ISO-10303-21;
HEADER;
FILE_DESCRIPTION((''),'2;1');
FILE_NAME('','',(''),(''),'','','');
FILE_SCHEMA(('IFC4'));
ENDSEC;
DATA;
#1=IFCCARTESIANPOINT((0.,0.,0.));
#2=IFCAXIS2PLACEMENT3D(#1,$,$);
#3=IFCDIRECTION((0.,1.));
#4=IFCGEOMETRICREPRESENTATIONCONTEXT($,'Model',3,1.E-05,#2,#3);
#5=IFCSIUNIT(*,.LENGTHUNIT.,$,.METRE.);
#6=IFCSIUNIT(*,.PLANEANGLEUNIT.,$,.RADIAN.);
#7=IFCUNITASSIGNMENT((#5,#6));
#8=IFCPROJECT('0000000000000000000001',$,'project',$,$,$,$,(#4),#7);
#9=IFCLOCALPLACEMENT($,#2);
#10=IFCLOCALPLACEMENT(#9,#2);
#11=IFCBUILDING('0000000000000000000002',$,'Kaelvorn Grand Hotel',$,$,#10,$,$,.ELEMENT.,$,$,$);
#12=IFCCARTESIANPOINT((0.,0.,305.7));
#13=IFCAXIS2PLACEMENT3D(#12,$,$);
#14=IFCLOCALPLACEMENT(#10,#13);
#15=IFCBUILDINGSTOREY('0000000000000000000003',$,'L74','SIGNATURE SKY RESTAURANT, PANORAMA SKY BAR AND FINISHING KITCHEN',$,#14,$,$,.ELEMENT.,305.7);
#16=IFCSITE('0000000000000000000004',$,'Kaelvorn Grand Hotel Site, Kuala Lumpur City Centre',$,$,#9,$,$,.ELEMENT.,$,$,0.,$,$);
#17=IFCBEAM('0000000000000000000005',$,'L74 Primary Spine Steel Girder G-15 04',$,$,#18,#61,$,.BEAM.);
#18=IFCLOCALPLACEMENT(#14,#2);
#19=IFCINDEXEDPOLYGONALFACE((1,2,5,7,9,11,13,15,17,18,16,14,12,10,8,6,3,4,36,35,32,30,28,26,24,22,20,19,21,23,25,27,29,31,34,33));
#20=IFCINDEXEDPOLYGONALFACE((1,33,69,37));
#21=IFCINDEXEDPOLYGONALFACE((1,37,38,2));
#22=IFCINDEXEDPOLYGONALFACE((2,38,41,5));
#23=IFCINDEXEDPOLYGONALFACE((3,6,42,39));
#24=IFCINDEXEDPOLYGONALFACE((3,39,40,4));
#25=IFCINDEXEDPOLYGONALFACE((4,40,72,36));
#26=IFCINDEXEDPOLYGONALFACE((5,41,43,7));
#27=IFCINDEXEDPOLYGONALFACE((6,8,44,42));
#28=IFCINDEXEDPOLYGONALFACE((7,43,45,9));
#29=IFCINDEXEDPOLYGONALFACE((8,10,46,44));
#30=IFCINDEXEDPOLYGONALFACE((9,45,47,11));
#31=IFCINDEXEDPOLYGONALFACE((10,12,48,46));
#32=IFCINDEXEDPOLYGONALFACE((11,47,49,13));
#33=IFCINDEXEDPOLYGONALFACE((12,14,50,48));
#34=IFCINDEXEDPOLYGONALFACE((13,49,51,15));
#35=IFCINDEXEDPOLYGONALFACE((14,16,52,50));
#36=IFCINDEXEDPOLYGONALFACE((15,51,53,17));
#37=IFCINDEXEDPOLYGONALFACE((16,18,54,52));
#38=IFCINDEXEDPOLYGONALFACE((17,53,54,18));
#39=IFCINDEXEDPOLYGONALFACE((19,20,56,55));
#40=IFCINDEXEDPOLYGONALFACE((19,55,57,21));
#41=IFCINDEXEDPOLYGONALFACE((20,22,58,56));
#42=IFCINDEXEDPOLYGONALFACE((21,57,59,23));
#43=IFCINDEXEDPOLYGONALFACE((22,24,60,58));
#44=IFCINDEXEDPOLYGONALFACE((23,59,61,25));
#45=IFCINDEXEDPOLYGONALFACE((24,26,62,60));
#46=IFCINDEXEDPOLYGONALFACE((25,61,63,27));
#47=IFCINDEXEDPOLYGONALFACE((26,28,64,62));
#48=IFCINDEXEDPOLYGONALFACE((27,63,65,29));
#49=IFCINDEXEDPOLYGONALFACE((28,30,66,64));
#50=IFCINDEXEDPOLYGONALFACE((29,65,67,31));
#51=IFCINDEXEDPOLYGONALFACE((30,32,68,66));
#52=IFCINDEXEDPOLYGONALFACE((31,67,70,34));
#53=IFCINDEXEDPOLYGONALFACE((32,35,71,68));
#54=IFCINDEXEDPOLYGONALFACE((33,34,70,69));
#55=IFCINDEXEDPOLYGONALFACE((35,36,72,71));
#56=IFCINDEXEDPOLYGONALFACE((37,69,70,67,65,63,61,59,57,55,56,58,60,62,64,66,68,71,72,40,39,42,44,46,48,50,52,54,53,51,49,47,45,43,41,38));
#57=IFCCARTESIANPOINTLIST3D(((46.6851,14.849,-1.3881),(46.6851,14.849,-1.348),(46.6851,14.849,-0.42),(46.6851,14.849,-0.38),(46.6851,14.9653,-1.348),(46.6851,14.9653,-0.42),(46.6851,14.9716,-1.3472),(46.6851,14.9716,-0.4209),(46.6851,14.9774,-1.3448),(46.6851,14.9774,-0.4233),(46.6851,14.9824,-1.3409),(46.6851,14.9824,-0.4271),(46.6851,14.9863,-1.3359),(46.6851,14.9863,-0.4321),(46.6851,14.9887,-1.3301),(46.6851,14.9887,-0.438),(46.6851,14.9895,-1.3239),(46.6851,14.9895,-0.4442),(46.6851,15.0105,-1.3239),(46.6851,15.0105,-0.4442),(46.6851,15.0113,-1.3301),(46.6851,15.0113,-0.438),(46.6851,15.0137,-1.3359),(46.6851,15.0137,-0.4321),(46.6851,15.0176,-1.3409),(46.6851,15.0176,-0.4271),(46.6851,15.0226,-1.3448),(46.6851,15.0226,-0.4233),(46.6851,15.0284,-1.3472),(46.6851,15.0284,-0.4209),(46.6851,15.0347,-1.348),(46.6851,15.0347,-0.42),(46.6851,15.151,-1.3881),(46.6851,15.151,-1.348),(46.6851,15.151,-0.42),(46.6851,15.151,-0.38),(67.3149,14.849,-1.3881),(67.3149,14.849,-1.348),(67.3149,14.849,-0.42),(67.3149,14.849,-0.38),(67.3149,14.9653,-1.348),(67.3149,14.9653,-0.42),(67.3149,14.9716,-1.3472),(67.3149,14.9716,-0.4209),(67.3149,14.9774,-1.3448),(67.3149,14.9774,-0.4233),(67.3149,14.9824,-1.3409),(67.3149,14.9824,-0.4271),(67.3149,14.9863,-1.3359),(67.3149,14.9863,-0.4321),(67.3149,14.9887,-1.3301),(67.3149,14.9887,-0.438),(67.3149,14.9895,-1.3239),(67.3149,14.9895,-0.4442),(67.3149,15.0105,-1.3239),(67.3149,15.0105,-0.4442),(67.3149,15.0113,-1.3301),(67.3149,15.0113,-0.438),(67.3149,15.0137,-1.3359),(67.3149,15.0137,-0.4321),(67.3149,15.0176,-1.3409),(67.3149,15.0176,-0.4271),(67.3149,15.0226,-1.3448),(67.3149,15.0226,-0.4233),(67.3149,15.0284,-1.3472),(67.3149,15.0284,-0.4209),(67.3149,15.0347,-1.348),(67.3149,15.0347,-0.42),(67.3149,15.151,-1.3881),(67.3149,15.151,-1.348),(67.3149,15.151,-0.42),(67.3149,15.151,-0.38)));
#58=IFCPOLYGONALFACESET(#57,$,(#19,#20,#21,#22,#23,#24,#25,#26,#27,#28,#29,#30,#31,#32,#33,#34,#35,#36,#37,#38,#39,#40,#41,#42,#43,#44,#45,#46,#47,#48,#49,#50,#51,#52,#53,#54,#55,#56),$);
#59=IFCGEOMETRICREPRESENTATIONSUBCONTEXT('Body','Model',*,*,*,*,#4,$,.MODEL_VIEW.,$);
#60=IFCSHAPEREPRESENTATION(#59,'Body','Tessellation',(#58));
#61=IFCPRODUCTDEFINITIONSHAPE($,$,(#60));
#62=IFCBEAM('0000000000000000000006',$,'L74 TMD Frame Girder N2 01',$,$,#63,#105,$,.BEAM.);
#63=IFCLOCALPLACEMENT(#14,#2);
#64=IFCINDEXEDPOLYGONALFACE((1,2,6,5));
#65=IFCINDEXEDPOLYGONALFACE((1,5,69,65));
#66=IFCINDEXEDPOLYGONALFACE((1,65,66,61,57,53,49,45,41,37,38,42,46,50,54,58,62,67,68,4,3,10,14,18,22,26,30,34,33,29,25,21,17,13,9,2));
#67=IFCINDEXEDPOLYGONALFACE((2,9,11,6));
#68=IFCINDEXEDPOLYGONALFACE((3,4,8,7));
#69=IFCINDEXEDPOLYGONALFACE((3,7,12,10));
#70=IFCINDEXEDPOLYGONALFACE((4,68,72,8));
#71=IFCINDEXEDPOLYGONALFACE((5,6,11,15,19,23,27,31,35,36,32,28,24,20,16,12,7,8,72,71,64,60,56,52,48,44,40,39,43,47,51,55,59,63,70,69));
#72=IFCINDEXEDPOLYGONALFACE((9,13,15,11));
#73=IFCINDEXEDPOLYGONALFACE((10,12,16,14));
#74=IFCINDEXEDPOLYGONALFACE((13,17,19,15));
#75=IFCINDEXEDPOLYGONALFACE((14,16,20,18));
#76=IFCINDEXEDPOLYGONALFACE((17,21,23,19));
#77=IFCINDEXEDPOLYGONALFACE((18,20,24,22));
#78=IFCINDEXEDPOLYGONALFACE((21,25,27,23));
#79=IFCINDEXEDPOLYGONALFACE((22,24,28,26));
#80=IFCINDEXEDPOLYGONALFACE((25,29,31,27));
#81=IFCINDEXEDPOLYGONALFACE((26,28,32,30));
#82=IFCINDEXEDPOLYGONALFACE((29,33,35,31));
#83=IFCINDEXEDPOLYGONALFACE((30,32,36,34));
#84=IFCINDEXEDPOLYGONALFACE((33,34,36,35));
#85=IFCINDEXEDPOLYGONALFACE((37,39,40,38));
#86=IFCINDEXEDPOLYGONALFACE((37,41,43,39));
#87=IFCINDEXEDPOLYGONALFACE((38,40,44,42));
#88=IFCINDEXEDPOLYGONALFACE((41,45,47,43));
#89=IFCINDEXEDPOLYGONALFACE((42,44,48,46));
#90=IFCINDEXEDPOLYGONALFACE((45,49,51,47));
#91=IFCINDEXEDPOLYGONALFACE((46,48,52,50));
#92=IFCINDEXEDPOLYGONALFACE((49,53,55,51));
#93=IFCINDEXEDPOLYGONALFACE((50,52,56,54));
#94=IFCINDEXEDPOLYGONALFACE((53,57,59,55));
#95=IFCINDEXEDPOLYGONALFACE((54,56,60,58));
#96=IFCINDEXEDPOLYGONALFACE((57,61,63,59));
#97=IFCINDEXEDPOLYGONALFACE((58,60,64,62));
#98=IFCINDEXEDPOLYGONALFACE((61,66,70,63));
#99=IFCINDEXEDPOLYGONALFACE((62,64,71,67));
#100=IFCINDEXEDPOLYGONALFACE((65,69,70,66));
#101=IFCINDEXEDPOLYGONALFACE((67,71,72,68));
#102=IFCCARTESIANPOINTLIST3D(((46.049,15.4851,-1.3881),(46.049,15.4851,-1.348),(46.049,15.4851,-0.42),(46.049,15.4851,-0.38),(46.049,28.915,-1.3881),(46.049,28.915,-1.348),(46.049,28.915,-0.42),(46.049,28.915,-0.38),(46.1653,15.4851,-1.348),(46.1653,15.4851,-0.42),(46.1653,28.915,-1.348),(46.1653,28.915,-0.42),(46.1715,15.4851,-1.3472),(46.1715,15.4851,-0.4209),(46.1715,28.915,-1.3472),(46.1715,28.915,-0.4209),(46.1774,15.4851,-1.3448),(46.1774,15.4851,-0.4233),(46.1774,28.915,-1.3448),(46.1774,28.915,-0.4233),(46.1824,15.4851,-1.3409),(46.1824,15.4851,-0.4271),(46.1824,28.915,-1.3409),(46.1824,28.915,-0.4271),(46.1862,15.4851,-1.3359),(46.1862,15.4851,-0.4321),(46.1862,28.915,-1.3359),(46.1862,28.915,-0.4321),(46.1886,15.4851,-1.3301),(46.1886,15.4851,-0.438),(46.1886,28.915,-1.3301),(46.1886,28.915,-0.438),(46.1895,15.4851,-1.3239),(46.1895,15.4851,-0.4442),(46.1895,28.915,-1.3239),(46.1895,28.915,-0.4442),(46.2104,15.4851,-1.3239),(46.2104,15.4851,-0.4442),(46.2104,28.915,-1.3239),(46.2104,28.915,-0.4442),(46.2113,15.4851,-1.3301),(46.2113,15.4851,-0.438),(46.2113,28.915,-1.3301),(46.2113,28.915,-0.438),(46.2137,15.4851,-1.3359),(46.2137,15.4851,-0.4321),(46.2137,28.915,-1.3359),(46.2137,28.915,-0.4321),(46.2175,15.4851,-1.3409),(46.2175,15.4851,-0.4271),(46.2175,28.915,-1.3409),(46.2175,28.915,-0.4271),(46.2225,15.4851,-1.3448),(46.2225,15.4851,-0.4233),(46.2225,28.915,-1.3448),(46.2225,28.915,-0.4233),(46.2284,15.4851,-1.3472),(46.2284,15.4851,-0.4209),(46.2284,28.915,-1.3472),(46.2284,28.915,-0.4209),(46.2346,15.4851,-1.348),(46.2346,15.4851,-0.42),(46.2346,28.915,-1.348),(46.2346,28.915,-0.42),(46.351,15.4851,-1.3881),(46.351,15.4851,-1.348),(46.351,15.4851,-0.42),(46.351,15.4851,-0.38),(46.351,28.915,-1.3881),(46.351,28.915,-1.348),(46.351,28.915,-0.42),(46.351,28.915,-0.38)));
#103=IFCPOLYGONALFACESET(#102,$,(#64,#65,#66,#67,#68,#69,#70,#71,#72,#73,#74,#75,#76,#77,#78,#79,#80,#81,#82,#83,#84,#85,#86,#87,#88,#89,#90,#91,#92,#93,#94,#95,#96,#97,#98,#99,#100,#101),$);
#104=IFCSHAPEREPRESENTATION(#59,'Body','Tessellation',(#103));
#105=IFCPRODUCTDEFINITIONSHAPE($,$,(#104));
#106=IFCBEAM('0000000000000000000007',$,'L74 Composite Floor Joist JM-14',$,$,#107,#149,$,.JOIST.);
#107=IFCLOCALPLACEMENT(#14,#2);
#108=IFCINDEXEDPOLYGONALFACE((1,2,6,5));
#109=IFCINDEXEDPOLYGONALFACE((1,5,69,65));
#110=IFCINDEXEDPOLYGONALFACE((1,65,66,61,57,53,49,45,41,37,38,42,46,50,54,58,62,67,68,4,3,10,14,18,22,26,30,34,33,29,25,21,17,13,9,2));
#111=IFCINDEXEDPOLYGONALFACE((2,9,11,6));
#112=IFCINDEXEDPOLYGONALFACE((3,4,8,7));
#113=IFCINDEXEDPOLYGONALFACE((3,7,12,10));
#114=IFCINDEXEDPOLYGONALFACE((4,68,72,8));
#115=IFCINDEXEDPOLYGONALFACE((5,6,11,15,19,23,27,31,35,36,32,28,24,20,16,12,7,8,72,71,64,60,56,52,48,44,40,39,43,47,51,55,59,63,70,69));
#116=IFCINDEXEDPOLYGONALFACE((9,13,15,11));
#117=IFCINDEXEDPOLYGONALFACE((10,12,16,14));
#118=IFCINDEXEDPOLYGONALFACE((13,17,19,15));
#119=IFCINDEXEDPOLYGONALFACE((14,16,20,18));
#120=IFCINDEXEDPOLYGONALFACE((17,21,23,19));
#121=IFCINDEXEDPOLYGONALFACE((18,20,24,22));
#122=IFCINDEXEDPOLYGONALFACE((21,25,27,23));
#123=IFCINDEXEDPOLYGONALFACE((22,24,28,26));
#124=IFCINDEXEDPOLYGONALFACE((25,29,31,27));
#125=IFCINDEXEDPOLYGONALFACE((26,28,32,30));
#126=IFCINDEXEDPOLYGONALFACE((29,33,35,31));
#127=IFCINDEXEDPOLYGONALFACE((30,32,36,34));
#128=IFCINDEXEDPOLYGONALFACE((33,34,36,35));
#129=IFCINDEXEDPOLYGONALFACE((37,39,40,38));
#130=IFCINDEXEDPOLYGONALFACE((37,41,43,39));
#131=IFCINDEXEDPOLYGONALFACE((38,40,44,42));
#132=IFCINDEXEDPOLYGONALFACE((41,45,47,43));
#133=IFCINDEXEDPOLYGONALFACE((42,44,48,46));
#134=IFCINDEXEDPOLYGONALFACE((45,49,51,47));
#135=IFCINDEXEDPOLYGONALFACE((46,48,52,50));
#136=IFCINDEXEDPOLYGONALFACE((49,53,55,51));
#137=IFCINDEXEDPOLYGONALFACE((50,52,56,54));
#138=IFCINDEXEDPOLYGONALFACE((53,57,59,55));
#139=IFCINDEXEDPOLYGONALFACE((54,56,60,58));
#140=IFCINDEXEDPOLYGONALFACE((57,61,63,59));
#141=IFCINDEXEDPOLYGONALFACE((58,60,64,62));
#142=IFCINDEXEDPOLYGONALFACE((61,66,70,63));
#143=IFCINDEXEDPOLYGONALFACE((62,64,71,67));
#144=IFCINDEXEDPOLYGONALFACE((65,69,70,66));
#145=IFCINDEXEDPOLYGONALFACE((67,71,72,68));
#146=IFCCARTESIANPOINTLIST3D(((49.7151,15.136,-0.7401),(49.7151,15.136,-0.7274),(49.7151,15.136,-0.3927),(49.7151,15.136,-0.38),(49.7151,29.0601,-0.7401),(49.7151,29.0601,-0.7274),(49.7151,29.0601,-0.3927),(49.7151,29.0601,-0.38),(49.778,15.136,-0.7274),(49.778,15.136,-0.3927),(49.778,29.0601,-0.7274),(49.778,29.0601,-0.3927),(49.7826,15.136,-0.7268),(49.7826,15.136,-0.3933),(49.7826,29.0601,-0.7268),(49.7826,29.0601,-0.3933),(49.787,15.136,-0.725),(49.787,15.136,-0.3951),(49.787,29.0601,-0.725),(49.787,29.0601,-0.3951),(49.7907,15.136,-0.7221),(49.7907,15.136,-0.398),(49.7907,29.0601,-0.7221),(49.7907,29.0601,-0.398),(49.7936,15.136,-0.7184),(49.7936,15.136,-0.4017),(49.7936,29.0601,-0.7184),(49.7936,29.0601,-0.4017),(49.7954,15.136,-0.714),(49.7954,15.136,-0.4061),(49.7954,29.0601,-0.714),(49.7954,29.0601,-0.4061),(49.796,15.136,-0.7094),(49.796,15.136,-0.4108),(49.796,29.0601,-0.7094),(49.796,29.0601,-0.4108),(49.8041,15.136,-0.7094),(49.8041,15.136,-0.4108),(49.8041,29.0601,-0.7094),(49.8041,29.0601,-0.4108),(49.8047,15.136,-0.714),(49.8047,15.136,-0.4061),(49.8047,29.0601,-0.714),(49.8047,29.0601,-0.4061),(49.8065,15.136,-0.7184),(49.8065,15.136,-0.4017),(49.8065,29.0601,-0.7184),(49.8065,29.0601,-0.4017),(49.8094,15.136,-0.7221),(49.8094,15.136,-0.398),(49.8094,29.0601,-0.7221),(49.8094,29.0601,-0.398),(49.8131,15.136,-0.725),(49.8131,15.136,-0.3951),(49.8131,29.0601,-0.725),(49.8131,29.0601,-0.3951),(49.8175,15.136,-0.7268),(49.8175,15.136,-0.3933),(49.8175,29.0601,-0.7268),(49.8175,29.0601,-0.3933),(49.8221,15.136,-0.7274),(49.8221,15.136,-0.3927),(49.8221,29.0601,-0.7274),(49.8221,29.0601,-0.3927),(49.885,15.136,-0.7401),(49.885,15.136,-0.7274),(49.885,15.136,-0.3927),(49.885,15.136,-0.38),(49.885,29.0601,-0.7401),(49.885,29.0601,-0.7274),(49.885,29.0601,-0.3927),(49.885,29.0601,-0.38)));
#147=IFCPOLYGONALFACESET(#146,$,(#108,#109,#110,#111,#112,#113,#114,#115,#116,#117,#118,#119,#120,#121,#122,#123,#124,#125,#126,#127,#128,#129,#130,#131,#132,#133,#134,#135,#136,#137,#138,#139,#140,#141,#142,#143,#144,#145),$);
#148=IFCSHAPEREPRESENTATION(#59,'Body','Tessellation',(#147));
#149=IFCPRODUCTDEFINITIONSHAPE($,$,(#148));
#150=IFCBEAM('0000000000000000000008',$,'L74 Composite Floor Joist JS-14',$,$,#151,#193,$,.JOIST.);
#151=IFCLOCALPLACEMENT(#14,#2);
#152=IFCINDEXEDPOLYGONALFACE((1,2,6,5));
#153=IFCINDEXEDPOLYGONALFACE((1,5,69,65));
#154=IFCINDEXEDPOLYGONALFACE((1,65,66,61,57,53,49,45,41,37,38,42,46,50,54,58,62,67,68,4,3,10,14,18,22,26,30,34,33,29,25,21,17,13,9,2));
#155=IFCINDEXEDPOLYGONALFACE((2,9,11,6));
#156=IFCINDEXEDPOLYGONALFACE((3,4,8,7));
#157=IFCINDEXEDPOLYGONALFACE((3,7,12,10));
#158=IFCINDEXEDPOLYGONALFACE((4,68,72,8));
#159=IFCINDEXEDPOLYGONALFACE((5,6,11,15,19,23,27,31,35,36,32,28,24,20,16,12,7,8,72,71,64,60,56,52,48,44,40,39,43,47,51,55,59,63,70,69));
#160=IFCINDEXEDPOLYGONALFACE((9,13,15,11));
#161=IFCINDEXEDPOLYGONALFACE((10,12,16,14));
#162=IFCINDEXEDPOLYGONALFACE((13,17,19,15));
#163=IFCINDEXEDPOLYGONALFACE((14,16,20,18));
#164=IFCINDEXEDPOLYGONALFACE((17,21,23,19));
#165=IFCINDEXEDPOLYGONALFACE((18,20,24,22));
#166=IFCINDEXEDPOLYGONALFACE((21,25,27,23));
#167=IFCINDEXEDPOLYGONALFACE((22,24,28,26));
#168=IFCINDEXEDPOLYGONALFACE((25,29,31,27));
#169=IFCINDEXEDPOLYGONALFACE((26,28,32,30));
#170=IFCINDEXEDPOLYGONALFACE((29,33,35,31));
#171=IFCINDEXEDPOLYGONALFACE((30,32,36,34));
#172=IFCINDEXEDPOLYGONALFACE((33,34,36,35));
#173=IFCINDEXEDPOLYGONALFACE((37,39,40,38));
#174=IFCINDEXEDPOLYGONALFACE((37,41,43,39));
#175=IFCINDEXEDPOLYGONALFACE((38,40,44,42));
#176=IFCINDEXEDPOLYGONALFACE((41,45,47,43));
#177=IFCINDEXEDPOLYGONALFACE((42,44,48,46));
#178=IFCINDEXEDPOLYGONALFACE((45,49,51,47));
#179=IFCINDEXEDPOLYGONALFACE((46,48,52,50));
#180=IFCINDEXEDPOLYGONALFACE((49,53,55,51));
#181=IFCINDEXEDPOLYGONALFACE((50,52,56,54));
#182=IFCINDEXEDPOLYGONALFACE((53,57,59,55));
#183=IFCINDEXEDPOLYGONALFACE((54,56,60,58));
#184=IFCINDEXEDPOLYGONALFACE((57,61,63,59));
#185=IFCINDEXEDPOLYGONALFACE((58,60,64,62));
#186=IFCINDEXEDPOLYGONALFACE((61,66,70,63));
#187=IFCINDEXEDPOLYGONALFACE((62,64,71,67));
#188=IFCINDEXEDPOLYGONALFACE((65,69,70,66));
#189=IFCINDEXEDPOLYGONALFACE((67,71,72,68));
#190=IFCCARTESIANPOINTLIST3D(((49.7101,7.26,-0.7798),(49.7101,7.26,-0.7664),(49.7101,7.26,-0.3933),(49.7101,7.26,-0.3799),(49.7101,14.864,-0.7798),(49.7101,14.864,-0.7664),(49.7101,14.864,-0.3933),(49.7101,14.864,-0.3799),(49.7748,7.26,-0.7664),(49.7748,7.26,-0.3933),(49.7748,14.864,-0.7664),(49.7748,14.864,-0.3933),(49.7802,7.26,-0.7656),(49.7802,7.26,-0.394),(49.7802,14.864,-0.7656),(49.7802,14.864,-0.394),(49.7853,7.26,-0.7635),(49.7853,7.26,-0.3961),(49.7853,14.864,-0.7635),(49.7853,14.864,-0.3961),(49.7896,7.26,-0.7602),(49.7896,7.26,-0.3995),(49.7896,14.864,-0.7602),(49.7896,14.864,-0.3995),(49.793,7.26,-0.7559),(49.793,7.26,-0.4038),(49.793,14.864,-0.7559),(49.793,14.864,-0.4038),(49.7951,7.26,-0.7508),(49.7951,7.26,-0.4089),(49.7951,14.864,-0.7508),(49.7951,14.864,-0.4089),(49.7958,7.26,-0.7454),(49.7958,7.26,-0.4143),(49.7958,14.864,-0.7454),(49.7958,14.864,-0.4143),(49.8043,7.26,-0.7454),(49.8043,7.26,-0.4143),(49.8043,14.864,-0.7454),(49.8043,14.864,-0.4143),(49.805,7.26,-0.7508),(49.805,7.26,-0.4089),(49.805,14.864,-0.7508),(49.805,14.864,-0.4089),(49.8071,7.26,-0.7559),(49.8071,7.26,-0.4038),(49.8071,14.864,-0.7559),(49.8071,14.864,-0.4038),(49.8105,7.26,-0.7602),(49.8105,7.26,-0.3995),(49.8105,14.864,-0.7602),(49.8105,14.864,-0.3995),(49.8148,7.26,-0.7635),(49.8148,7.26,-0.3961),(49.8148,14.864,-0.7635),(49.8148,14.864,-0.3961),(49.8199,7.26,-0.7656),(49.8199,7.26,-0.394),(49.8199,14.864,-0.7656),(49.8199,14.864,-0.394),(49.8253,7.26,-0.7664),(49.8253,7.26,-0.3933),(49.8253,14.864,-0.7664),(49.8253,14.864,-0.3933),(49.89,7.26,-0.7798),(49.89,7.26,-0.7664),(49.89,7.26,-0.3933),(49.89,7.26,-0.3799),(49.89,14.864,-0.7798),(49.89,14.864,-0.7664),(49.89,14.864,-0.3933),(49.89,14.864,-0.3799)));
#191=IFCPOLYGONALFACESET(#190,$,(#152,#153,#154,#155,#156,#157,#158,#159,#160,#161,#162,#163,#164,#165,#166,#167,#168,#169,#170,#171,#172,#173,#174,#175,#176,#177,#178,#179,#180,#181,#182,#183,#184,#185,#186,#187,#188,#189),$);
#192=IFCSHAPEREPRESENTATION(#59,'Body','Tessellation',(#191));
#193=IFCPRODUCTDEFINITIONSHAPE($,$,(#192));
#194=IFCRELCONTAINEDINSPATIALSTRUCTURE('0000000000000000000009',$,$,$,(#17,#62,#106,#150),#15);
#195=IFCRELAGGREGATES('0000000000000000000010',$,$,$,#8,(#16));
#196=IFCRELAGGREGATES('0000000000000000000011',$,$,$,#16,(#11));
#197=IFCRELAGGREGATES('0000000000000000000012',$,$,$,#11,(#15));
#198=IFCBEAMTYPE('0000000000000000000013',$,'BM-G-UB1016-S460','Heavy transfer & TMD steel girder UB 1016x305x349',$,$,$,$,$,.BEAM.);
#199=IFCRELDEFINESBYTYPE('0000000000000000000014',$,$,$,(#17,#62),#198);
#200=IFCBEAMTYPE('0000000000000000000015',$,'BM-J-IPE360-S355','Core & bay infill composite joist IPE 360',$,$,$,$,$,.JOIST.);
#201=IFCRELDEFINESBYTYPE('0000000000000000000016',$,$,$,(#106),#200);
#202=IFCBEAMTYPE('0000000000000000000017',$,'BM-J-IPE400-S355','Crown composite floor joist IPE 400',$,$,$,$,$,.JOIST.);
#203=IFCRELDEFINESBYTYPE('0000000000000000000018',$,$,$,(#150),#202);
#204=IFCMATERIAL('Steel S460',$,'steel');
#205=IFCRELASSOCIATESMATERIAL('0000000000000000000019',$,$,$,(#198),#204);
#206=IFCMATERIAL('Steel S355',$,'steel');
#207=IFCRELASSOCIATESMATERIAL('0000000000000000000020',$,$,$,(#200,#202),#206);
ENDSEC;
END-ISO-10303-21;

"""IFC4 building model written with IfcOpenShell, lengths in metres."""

from ifc_helpers import new_model, si_unit, direction, frame, origin, origin_2d, place, context, subcontext, project, spatial, i_section, extrude, material, material_profile, profile_set, type_object, element, save


model = new_model("IFC4")

# Units and contexts
model_context = context("Model", 3, precision=1e-05, world=origin(), true_north=direction((0.0, 1.0)))
body_context = subcontext(model_context, "Body", "Model", "MODEL_VIEW")
ifc_project = project(units=[si_unit("LENGTHUNIT", "METRE"), si_unit("PLANEANGLEUNIT", "RADIAN")], contexts=[model_context])

# Site, building, storey
site_placement = place(None, origin())
site = spatial("IfcSite", under=ifc_project, at=site_placement, Name="Kaelvorn Grand Hotel Site, Kuala Lumpur City Centre", CompositionType="ELEMENT", RefElevation=0.0)
building_placement = place(site_placement, origin())
building = spatial("IfcBuilding", under=site, at=building_placement, Name="Kaelvorn Grand Hotel", CompositionType="ELEMENT")
storey_placement = place(building_placement, frame((0.0, 0.0, 305.7)))
storey = spatial("IfcBuildingStorey", under=building, at=storey_placement, Name="L74", Description="SIGNATURE SKY RESTAURANT, PANORAMA SKY BAR AND FINISHING KITCHEN", CompositionType="ELEMENT", Elevation=305.7)

# Beams
ifc_material_1 = material(Name="Steel S460", Category="steel")
ifc_material_profile_1 = material_profile(ifc_material_1, i_section(OverallWidth=0.302, OverallDepth=1.0081, WebThickness=0.021, FlangeThickness=0.04, FilletRadius=0.0242, at=origin_2d()), Name="UB 1016x305x349")
ifc_profile_set_1 = profile_set([ifc_material_profile_1], Name="Steel S460")
beam_type_1 = type_object("IfcBeamType", Name="BM-G-UB1016-S460", Description="Heavy transfer & TMD steel girder UB 1016x305x349", PredefinedType="BEAM", material=ifc_profile_set_1)
beam_1_placement = place(storey_placement, frame((46.6851, 15.0, -0.884), z_axis=(1.0, 0.0, 0.0), x_axis=(0.0, 1.0, 0.0)))
element("IfcBeam", 1, at=beam_1_placement, inside=storey, type_object=beam_type_1, Name="L74 Primary Spine Steel Girder G-15 04", PredefinedType="BEAM", context=body_context, shape_type="SweptSolid", body=[
    extrude(i_section(OverallWidth=0.302, OverallDepth=1.0081, WebThickness=0.021, FlangeThickness=0.04, FilletRadius=0.0242, at=origin_2d()), origin(), (0.0, 0.0, 1.0), 20.6299),
])
beam_2_placement = place(storey_placement, frame((46.2, 15.4851, -0.884), z_axis=(0.0, 1.0, 0.0), x_axis=(-1.0, 0.0, 0.0)))
element("IfcBeam", 2, at=beam_2_placement, inside=storey, type_object=beam_type_1, Name="L74 TMD Frame Girder N2 01", PredefinedType="BEAM", context=body_context, shape_type="SweptSolid", body=[
    extrude(i_section(OverallWidth=0.302, OverallDepth=1.0081, WebThickness=0.021, FlangeThickness=0.04, FilletRadius=0.0242, at=origin_2d()), origin(), (0.0, 0.0, 1.0), 13.4299),
])
ifc_material_2 = material(Name="Steel S355", Category="steel")
ifc_material_profile_2 = material_profile(ifc_material_2, i_section(OverallWidth=0.1699, OverallDepth=0.3601, WebThickness=0.0081, FlangeThickness=0.0127, FilletRadius=0.0181, at=origin_2d()), Name="IPE 360")
ifc_profile_set_2 = profile_set([ifc_material_profile_2], Name="Steel S355")
beam_type_2 = type_object("IfcBeamType", Name="BM-J-IPE360-S355", Description="Core & bay infill composite joist IPE 360", PredefinedType="JOIST", material=ifc_profile_set_2)
beam_3_placement = place(storey_placement, frame((49.8, 15.136, -0.5601), z_axis=(0.0, 1.0, 0.0), x_axis=(-1.0, 0.0, 0.0)))
element("IfcBeam", 3, at=beam_3_placement, inside=storey, type_object=beam_type_2, Name="L74 Composite Floor Joist JM-14", PredefinedType="JOIST", context=body_context, shape_type="SweptSolid", body=[
    extrude(i_section(OverallWidth=0.1699, OverallDepth=0.3601, WebThickness=0.0081, FlangeThickness=0.0127, FilletRadius=0.0181, at=origin_2d()), origin(), (0.0, 0.0, 1.0), 13.9241),
])
ifc_material_profile_3 = material_profile(ifc_material_2, i_section(OverallWidth=0.1799, OverallDepth=0.3999, WebThickness=0.0085, FlangeThickness=0.0134, FilletRadius=0.021, at=origin_2d()), Name="IPE 400")
ifc_profile_set_3 = profile_set([ifc_material_profile_3], Name="Steel S355")
beam_type_3 = type_object("IfcBeamType", Name="BM-J-IPE400-S355", Description="Crown composite floor joist IPE 400", PredefinedType="JOIST", material=ifc_profile_set_3)
beam_4_placement = place(storey_placement, frame((49.8, 7.26, -0.5798), z_axis=(0.0, 1.0, 0.0), x_axis=(-1.0, 0.0, 0.0)))
element("IfcBeam", 4, at=beam_4_placement, inside=storey, type_object=beam_type_3, Name="L74 Composite Floor Joist JS-14", PredefinedType="JOIST", context=body_context, shape_type="SweptSolid", body=[
    extrude(i_section(OverallWidth=0.1799, OverallDepth=0.3999, WebThickness=0.0085, FlangeThickness=0.0134, FilletRadius=0.021, at=origin_2d()), origin(), (0.0, 0.0, 1.0), 7.604),
])

save(model, "model.ifc")
